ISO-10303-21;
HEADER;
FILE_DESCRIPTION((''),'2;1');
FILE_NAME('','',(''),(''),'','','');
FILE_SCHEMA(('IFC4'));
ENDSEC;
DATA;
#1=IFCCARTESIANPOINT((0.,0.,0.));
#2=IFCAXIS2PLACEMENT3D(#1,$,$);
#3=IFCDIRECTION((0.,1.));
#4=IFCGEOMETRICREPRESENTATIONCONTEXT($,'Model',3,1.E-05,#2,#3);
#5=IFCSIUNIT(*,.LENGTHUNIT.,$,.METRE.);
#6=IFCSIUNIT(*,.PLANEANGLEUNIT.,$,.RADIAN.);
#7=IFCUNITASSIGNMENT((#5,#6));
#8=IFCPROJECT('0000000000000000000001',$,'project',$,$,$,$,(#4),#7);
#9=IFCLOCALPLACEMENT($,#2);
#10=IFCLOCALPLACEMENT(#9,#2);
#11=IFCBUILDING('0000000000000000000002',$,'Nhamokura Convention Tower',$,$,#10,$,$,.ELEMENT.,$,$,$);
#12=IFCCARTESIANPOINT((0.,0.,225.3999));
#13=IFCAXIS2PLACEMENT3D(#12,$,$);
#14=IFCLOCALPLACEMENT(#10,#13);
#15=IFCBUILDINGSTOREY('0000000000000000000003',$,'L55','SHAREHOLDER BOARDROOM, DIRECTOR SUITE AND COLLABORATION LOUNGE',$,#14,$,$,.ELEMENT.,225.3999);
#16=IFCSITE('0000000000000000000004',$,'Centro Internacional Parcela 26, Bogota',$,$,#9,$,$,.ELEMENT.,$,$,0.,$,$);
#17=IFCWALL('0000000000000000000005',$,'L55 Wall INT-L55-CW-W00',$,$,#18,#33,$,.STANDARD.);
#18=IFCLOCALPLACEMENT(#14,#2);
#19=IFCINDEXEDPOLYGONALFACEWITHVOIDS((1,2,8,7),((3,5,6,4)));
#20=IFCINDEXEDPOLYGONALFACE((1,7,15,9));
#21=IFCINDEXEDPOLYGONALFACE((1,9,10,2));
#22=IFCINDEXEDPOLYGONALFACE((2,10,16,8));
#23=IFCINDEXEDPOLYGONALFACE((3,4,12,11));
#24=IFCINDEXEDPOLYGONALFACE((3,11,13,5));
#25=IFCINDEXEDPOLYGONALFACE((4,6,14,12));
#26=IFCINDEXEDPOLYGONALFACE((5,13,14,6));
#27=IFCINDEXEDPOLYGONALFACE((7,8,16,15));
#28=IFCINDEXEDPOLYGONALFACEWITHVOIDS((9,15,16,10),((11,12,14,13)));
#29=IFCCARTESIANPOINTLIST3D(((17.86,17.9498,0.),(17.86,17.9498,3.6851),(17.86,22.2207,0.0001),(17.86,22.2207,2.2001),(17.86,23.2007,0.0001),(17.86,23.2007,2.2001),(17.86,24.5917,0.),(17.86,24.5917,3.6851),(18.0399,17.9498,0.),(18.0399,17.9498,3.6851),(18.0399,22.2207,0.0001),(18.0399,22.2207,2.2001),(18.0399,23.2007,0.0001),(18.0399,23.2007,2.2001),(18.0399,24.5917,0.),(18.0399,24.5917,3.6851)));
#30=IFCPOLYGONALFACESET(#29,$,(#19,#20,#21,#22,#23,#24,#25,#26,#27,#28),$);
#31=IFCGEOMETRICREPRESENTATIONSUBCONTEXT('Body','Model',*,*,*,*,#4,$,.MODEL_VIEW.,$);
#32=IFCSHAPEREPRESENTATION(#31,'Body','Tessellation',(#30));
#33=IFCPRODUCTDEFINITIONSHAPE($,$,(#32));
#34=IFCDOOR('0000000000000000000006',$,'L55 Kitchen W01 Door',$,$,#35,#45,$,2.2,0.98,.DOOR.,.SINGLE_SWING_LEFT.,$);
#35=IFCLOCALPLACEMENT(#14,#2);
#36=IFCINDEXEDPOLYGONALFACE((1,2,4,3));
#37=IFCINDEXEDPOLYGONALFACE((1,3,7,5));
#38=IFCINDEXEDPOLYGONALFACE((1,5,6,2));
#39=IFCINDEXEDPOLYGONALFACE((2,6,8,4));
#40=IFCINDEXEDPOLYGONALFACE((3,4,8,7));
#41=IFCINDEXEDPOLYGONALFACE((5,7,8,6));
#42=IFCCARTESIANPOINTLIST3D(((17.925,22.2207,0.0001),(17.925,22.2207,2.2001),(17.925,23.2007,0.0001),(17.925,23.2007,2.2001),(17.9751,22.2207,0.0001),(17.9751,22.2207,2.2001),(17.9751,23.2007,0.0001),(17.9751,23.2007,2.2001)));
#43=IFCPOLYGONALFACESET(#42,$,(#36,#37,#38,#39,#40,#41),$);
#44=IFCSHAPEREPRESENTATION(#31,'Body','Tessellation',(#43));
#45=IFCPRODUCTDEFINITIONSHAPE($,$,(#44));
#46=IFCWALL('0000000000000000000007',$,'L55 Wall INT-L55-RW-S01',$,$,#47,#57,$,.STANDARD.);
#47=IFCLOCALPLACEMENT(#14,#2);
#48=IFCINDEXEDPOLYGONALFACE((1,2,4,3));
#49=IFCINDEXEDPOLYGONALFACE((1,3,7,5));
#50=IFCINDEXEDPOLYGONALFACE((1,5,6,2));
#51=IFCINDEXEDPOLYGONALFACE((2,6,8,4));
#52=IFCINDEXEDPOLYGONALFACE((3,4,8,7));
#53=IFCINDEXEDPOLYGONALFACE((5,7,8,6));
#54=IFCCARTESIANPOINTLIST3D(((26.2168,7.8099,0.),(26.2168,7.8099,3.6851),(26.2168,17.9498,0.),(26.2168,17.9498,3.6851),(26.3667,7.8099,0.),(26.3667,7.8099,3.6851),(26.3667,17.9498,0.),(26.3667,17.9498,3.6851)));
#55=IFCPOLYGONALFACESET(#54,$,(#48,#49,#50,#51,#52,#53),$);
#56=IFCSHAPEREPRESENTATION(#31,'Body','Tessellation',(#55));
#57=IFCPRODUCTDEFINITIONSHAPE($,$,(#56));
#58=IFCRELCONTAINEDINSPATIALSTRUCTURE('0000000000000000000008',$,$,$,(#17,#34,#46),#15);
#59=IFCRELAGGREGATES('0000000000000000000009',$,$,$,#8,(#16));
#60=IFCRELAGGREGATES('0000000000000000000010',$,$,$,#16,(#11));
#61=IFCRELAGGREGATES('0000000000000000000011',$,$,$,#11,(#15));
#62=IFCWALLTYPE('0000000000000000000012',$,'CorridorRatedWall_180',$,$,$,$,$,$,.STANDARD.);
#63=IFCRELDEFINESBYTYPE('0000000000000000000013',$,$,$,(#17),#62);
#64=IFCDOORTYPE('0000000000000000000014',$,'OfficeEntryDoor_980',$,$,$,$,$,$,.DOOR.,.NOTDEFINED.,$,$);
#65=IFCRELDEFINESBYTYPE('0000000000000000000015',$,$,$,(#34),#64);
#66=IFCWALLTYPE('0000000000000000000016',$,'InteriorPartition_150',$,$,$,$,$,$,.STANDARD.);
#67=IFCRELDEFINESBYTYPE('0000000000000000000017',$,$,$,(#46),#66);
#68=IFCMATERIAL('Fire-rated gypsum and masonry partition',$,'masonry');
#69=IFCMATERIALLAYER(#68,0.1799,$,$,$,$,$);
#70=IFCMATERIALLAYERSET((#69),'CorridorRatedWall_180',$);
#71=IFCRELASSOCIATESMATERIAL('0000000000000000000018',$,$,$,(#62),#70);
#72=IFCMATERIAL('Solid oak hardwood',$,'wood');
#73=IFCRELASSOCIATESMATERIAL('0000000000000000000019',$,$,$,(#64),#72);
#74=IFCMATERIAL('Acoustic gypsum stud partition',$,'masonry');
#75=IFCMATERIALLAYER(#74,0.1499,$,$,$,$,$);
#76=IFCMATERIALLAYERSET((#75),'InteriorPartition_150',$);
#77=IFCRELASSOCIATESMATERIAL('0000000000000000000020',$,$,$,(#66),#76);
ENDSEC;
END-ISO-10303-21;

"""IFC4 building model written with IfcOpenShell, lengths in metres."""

from ifc_helpers import new_model, si_unit, direction, frame, frame_2d, origin, place, context, subcontext, project, spatial, rectangle, extrude, material, layer, layer_set, type_object, element, fill, save


model = new_model("IFC4")

# Units and contexts
model_context = context("Model", 3, precision=1e-05, world=origin(), true_north=direction((0.0, 1.0)))
body_context = subcontext(model_context, "Body", "Model", "MODEL_VIEW")
ifc_project = project(units=[si_unit("LENGTHUNIT", "METRE"), si_unit("PLANEANGLEUNIT", "RADIAN")], contexts=[model_context])

# Site, building, storey
site_placement = place(None, origin())
site = spatial("IfcSite", under=ifc_project, at=site_placement, Name="Centro Internacional Parcela 26, Bogota", CompositionType="ELEMENT", RefElevation=0.0)
building_placement = place(site_placement, origin())
building = spatial("IfcBuilding", under=site, at=building_placement, Name="Nhamokura Convention Tower", CompositionType="ELEMENT")
storey_placement = place(building_placement, frame((0.0, 0.0, 225.3999)))
storey = spatial("IfcBuildingStorey", under=building, at=storey_placement, Name="L55", Description="SHAREHOLDER BOARDROOM, DIRECTOR SUITE AND COLLABORATION LOUNGE", CompositionType="ELEMENT", Elevation=225.3999)

# Wall, opening, door
ifc_material_1 = material(Name="Fire-rated gypsum and masonry partition", Category="masonry")
ifc_layer_1 = layer(ifc_material_1, 0.1799)
ifc_layer_set_1 = layer_set([ifc_layer_1], Name="CorridorRatedWall_180")
wall_type_1 = type_object("IfcWallType", Name="CorridorRatedWall_180", PredefinedType="STANDARD", material=ifc_layer_set_1)
ifc_material_2 = material(Name="Solid oak hardwood", Category="wood")
door_type = type_object("IfcDoorType", Name="OfficeEntryDoor_980", OperationType="NOTDEFINED", PredefinedType="DOOR", material=ifc_material_2)
wall_1_placement = place(storey_placement, frame((17.95, 17.95, 0.0), z_axis=(0.0, 0.0, 1.0), x_axis=(0.0, 1.0, 0.0)))
wall_1 = element("IfcWall", 1, at=wall_1_placement, inside=storey, type_object=wall_type_1, Name="L55 Wall INT-L55-CW-W00", PredefinedType="STANDARD", context=body_context, shape_type="SweptSolid", body=[
    extrude(rectangle(XDim=6.6418, YDim=0.1799, at=frame_2d((3.3208, 0.0))), origin(), (0.0, 0.0, 1.0), 3.6851),
])
opening_1_placement = place(wall_1_placement, frame((4.2708, 0.0, 0.0)))
opening_1 = element("IfcOpeningElement", 2, at=opening_1_placement, cuts=wall_1, PredefinedType="OPENING", context=body_context, shape_type="SweptSolid", body=[
    extrude(rectangle(XDim=0.98, YDim=2.2, at=frame_2d((0.49, 1.1001))), frame((0.0, 0.0999, 0.0), z_axis=(0.0, -1.0, 0.0), x_axis=(1.0, 0.0, 0.0)), (0.0, 0.0, 1.0), 0.2),
])
door_1_placement = place(opening_1_placement, origin())
door_1 = element("IfcDoor", 3, at=door_1_placement, inside=storey, type_object=door_type, Name="L55 Kitchen W01 Door", OperationType="SINGLE_SWING_LEFT", OverallHeight=2.2, OverallWidth=0.98, PredefinedType="DOOR", context=body_context, shape_type="SweptSolid", body=[
    extrude(rectangle(XDim=0.98, YDim=2.2, at=frame_2d((0.49, 1.1001))), frame((0.0, 0.0249, 0.0), z_axis=(0.0, -1.0, 0.0), x_axis=(1.0, 0.0, 0.0)), (0.0, 0.0, 1.0), 0.05),
])
fill(opening_1, door_1)

# Wall
ifc_material_3 = material(Name="Acoustic gypsum stud partition", Category="masonry")
ifc_layer_2 = layer(ifc_material_3, 0.1499)
ifc_layer_set_2 = layer_set([ifc_layer_2], Name="InteriorPartition_150")
wall_type_2 = type_object("IfcWallType", Name="InteriorPartition_150", PredefinedType="STANDARD", material=ifc_layer_set_2)
wall_2_placement = place(storey_placement, frame((26.2917, 7.8101, 0.0), z_axis=(0.0, 0.0, 1.0), x_axis=(0.0, 1.0, 0.0)))
element("IfcWall", 4, at=wall_2_placement, inside=storey, type_object=wall_type_2, Name="L55 Wall INT-L55-RW-S01", PredefinedType="STANDARD", context=body_context, shape_type="SweptSolid", body=[
    extrude(rectangle(XDim=10.1399, YDim=0.1499, at=frame_2d((5.0698, 0.0))), origin(), (0.0, 0.0, 1.0), 3.6851),
])

save(model, "model.ifc")
